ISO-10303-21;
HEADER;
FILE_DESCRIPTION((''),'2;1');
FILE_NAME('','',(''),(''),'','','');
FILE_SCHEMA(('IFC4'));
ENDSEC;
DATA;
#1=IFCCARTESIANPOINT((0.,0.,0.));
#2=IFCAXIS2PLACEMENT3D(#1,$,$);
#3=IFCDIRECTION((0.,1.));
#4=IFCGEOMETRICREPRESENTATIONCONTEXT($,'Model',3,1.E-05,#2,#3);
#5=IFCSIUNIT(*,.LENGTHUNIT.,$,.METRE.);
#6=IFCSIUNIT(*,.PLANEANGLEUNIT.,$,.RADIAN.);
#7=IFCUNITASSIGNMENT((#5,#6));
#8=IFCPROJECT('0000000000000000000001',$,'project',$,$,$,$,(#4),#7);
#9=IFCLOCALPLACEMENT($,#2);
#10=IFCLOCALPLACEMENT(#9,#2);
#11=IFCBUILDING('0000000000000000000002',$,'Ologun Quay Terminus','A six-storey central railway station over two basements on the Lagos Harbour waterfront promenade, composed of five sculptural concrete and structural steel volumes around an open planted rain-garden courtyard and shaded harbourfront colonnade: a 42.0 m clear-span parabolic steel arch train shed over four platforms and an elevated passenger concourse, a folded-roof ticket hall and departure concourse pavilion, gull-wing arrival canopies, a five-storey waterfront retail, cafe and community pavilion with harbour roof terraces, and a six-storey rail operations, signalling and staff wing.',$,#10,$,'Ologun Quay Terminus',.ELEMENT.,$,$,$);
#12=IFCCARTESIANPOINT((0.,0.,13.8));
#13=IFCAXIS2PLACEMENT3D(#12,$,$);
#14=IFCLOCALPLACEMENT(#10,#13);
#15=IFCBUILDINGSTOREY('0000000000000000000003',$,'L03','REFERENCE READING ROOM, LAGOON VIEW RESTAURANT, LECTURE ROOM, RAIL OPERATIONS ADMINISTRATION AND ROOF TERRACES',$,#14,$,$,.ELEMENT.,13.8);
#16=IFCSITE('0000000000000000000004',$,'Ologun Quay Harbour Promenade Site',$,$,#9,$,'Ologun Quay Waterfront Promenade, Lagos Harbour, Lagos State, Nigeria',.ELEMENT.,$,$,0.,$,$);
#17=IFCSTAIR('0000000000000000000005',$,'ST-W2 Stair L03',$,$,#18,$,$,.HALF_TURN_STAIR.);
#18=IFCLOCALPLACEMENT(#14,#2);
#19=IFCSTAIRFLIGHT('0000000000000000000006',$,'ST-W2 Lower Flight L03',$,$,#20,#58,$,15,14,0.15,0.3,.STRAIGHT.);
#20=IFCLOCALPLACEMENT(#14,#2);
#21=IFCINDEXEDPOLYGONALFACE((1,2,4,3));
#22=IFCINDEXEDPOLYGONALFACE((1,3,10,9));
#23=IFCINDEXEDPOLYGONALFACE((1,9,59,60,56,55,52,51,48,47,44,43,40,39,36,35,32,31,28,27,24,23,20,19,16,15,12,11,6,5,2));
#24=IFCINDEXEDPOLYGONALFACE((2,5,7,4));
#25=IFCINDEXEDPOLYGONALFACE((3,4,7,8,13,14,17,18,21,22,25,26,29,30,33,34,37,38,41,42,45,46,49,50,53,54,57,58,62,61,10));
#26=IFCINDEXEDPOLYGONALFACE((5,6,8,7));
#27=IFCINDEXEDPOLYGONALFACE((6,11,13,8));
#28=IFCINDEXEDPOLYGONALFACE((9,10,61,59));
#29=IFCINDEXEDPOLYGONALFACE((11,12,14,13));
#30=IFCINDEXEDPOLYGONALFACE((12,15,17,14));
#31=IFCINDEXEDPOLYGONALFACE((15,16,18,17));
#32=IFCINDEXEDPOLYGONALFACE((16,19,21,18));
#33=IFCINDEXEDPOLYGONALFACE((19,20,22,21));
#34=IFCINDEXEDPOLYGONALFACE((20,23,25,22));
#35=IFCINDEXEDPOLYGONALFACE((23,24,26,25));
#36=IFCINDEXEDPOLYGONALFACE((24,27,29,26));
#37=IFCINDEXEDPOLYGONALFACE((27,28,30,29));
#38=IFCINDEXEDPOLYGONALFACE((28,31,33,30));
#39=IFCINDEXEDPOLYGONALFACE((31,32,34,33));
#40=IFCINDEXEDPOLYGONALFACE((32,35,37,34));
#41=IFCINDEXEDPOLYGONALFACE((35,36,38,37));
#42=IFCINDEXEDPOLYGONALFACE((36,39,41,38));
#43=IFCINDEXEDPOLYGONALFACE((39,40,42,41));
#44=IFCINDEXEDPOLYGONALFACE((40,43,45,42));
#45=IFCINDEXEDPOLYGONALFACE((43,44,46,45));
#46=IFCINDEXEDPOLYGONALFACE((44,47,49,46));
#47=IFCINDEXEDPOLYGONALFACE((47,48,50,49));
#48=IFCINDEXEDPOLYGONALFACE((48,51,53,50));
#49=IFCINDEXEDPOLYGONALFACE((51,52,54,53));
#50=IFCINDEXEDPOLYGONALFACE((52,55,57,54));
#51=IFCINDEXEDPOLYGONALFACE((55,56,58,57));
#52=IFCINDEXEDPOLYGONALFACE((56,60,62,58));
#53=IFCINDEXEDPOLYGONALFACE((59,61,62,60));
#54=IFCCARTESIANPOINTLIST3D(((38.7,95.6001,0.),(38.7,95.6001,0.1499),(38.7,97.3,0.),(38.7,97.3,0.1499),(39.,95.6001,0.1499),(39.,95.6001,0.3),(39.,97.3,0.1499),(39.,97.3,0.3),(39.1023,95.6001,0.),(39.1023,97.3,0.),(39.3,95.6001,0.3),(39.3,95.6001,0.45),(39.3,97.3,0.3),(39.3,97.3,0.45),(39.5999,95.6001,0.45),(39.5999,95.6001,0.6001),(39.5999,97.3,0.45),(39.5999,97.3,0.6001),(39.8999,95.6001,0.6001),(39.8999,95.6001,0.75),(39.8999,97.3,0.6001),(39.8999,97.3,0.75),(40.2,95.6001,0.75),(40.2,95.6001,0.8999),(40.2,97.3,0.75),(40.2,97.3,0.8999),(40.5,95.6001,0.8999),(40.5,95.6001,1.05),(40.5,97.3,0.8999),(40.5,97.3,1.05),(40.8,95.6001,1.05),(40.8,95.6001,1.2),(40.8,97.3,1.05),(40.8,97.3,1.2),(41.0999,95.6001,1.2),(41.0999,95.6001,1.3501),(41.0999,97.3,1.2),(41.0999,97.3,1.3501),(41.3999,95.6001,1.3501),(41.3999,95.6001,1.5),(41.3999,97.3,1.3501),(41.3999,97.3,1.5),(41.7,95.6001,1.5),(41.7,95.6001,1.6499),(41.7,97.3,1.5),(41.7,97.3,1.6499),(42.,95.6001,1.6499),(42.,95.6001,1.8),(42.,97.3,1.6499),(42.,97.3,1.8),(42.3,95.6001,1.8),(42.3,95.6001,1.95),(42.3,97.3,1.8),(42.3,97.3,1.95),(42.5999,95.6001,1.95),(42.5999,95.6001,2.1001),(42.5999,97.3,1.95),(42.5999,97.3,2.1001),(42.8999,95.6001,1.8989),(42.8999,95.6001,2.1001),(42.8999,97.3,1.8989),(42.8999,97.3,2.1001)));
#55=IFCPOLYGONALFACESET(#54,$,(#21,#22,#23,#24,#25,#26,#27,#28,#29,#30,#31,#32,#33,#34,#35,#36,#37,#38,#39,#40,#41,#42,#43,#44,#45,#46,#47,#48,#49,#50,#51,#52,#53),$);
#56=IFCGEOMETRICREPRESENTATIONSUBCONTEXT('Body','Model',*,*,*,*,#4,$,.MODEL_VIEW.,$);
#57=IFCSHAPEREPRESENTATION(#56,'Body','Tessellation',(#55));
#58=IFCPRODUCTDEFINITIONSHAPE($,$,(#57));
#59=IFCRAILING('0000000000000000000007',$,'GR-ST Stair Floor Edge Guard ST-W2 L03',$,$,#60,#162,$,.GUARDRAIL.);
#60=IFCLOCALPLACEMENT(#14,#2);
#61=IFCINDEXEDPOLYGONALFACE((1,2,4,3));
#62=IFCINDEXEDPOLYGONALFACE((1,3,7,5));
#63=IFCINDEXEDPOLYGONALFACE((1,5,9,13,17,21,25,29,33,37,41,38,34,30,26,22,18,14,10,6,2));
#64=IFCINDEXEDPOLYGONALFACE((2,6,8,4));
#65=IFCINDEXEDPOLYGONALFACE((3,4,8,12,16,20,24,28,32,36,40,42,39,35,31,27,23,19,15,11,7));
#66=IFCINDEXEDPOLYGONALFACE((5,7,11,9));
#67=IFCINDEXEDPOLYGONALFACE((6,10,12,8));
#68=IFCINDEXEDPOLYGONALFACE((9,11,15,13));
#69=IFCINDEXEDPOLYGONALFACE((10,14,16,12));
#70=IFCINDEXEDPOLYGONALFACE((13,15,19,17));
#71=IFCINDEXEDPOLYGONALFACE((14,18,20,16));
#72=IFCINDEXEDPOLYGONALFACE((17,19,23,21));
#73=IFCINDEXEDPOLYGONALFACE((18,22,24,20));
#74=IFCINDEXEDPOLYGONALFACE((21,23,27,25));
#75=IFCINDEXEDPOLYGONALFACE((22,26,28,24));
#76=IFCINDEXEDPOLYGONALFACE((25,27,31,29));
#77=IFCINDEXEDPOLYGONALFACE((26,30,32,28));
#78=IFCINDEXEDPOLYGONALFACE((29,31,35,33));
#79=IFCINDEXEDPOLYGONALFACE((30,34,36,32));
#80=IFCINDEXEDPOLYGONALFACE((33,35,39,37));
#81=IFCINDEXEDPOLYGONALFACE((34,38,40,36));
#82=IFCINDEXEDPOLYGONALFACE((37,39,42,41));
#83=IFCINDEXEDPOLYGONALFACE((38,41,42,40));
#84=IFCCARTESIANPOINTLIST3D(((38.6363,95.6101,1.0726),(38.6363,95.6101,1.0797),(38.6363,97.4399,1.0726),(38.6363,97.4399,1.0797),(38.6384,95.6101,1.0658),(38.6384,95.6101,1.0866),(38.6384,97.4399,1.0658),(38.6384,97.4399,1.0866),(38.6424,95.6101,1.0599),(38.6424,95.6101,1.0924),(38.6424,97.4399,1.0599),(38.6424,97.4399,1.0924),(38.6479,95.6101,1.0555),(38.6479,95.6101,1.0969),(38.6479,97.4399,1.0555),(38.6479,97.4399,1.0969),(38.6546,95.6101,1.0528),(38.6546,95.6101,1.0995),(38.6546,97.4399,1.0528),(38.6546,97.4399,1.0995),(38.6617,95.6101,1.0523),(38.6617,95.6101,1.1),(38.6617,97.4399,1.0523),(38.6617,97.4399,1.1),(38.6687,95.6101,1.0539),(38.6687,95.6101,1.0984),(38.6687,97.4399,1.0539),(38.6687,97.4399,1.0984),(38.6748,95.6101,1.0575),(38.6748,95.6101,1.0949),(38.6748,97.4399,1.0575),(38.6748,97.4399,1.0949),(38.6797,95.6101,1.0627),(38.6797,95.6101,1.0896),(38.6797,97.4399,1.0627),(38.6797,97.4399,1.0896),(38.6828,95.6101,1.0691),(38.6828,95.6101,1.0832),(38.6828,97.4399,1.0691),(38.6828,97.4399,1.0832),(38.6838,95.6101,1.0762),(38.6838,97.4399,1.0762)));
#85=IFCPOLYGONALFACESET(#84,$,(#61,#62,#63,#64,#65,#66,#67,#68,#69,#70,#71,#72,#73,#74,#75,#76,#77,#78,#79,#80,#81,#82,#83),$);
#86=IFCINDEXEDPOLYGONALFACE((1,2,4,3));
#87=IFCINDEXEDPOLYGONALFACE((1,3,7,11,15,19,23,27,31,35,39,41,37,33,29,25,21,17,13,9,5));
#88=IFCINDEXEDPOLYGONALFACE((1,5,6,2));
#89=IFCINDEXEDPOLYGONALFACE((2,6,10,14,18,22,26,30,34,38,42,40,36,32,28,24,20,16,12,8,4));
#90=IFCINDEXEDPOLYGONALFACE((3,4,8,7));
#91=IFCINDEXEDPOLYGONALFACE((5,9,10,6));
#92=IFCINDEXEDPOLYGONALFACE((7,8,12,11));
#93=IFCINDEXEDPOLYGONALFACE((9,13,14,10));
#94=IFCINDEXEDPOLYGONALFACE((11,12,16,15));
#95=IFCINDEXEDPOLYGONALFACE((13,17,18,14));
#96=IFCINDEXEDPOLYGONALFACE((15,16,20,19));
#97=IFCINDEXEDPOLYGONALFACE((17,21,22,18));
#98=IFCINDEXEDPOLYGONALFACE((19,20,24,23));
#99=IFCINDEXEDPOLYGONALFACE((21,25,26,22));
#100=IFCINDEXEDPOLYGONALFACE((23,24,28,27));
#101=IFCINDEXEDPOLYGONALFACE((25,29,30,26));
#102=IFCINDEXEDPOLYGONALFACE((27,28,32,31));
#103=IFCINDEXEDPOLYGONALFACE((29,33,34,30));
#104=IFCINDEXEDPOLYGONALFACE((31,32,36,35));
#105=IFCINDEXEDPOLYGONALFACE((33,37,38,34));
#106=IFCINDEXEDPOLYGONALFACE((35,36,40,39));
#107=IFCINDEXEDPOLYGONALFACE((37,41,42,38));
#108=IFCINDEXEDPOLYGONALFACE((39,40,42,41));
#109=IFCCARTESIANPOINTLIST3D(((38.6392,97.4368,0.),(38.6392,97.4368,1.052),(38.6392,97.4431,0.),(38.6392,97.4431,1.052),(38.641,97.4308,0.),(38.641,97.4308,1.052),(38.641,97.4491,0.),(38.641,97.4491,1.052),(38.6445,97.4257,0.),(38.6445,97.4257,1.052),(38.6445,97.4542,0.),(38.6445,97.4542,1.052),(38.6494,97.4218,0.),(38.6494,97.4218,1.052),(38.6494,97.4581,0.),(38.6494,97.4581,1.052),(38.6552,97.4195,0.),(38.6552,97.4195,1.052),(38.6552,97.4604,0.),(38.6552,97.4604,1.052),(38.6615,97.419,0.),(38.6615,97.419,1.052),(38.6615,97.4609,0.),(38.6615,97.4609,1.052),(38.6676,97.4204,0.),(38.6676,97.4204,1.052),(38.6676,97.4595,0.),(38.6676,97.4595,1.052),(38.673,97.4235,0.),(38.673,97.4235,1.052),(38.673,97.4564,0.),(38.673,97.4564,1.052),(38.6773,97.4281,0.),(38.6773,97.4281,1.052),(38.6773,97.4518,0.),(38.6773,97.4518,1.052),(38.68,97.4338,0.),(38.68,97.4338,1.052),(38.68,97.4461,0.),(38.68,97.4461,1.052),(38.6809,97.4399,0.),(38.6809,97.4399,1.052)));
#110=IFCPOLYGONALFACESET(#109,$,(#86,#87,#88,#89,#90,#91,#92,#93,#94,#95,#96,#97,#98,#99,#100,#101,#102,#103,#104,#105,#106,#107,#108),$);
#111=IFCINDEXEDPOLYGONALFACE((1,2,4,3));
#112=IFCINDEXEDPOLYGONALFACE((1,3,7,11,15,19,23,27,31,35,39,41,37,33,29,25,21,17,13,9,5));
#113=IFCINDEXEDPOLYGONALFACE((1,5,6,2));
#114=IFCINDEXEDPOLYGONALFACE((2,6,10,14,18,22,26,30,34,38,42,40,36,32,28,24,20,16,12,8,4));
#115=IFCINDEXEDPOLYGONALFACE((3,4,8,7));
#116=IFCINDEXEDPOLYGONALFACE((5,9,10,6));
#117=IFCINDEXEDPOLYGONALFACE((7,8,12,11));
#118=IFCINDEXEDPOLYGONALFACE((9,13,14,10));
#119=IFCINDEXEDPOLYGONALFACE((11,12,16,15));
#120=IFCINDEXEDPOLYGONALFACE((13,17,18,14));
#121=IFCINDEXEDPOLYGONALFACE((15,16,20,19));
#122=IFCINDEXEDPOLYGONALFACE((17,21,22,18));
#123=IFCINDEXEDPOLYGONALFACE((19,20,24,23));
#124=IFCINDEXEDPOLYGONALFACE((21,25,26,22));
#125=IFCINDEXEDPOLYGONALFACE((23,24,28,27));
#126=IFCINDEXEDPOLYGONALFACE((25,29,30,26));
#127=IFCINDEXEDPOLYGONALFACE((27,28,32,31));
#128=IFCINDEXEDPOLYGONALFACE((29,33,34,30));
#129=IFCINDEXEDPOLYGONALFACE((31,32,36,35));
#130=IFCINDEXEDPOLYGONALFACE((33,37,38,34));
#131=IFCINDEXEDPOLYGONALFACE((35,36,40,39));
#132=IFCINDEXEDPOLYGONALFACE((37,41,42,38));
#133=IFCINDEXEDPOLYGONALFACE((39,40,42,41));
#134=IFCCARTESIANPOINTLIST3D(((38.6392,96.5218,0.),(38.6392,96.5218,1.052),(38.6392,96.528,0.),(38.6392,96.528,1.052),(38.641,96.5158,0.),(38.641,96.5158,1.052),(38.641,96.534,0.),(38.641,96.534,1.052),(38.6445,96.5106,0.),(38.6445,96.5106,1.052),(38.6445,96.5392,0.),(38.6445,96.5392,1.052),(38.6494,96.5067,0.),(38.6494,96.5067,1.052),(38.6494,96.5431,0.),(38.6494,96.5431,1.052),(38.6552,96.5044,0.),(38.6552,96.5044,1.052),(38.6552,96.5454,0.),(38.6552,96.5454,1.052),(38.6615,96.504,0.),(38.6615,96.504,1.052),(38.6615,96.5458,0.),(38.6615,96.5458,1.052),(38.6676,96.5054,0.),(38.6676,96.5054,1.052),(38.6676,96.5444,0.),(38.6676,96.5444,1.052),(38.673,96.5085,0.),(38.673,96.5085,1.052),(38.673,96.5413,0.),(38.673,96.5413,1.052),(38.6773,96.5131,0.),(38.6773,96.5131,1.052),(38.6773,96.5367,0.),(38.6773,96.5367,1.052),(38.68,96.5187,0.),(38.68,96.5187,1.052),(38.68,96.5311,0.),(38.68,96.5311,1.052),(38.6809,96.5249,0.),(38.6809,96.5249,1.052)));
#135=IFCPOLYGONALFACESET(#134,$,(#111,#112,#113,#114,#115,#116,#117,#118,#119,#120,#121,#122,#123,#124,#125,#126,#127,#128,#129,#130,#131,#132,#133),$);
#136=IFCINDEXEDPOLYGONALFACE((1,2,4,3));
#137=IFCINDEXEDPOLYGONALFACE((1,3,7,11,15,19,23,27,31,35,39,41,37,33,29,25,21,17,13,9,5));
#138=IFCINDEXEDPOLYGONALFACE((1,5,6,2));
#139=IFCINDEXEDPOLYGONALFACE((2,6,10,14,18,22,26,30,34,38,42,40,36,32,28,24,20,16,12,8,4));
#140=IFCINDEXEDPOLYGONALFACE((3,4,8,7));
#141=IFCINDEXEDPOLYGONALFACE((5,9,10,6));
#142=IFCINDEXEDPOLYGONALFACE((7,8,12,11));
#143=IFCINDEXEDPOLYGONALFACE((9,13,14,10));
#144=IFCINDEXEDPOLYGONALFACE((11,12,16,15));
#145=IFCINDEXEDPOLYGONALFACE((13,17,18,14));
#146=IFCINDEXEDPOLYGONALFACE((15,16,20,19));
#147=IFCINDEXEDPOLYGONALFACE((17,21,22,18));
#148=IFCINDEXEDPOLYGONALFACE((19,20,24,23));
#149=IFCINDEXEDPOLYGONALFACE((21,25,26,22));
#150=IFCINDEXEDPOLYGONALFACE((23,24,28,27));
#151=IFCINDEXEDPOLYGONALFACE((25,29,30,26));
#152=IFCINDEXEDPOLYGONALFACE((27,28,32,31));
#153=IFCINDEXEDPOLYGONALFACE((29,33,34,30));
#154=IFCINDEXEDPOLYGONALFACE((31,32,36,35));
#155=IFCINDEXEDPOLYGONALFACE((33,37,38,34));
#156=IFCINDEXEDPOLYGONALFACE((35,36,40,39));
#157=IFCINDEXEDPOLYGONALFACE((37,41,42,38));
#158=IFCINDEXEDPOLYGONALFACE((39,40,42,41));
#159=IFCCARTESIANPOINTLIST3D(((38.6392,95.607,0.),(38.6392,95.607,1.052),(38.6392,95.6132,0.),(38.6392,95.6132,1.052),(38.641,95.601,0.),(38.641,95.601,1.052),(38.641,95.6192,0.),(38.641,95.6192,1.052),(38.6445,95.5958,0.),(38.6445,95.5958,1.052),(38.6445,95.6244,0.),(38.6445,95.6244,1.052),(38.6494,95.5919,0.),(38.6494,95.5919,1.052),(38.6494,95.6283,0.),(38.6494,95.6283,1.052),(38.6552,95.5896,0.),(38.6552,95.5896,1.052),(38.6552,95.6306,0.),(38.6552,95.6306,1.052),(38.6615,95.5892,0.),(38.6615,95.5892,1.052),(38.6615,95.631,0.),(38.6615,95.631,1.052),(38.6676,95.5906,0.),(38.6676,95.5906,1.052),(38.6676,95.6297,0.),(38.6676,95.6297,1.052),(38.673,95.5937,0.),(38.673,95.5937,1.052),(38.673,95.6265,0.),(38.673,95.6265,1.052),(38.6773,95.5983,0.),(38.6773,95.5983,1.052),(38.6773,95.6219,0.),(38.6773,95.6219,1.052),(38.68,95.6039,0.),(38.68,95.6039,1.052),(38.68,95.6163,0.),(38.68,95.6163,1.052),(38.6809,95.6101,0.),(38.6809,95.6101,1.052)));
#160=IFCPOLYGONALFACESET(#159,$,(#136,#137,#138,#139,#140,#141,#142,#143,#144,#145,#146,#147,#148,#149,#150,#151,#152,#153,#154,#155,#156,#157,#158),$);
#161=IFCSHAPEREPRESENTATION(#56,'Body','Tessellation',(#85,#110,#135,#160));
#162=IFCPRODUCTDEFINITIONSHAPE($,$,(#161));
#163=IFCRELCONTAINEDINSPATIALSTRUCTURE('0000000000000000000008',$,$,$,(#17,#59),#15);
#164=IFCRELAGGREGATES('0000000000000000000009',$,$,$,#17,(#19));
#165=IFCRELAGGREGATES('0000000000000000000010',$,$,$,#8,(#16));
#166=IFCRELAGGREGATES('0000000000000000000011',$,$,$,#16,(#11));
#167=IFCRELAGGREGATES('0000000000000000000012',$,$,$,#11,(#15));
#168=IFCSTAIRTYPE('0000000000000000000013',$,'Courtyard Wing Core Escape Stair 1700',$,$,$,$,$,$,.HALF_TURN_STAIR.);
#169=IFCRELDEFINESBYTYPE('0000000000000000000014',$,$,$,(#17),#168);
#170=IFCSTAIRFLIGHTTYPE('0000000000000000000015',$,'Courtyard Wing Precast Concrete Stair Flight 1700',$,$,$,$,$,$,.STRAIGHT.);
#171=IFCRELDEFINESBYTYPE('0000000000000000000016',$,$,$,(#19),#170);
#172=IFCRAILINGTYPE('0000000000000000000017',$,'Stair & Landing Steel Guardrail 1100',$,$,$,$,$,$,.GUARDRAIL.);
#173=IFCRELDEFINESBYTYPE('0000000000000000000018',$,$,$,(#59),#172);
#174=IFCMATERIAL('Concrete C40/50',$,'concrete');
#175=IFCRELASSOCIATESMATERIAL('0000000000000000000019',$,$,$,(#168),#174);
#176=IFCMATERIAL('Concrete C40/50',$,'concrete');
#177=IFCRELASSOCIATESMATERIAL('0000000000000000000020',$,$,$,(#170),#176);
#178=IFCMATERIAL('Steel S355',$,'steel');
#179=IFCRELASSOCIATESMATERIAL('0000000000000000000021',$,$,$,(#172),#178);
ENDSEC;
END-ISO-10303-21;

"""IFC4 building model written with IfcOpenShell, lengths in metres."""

from ifc_helpers import new_model, si_unit, direction, frame, origin, origin_2d, place, context, subcontext, project, spatial, polyline, circle, outline, extrude, material, type_object, element, aggregate, save


model = new_model("IFC4")

# Units and contexts
model_context = context("Model", 3, precision=1e-05, world=origin(), true_north=direction((0.0, 1.0)))
body_context = subcontext(model_context, "Body", "Model", "MODEL_VIEW")
ifc_project = project(units=[si_unit("LENGTHUNIT", "METRE"), si_unit("PLANEANGLEUNIT", "RADIAN")], contexts=[model_context])

# Site, building, storey
site_placement = place(None, origin())
site = spatial("IfcSite", under=ifc_project, at=site_placement, Name="Ologun Quay Harbour Promenade Site", LongName="Ologun Quay Waterfront Promenade, Lagos Harbour, Lagos State, Nigeria", CompositionType="ELEMENT", RefElevation=0.0)
building_placement = place(site_placement, origin())
building = spatial("IfcBuilding", under=site, at=building_placement, Name="Ologun Quay Terminus", Description="A six-storey central railway station over two basements on the Lagos Harbour waterfront promenade, composed of five sculptural concrete and structural steel volumes around an open planted rain-garden courtyard and shaded harbourfront colonnade: a 42.0 m clear-span parabolic steel arch train shed over four platforms and an elevated passenger concourse, a folded-roof ticket hall and departure concourse pavilion, gull-wing arrival canopies, a five-storey waterfront retail, cafe and community pavilion with harbour roof terraces, and a six-storey rail operations, signalling and staff wing.", LongName="Ologun Quay Terminus", CompositionType="ELEMENT")
storey_placement = place(building_placement, frame((0.0, 0.0, 13.8)))
storey = spatial("IfcBuildingStorey", under=building, at=storey_placement, Name="L03", Description="REFERENCE READING ROOM, LAGOON VIEW RESTAURANT, LECTURE ROOM, RAIL OPERATIONS ADMINISTRATION AND ROOF TERRACES", CompositionType="ELEMENT", Elevation=13.8)

# Stair, stair flight
ifc_material_1 = material(Name="Concrete C40/50", Category="concrete")
stair_type = type_object("IfcStairType", Name="Courtyard Wing Core Escape Stair 1700", PredefinedType="HALF_TURN_STAIR", material=ifc_material_1)
stair_placement = place(storey_placement, origin())
stair = element("IfcStair", 1, at=stair_placement, inside=storey, type_object=stair_type, Name="ST-W2 Stair L03", PredefinedType="HALF_TURN_STAIR")
ifc_material_2 = material(Name="Concrete C40/50", Category="concrete")
stair_flight_type = type_object("IfcStairFlightType", Name="Courtyard Wing Precast Concrete Stair Flight 1700", PredefinedType="STRAIGHT", material=ifc_material_2)
stair_flight_placement = place(storey_placement, frame((38.7, 96.45, 0.0), z_axis=(0.0, 0.0, 1.0), x_axis=(1.0, 0.0, 0.0)))
stair_flight = element("IfcStairFlight", 2, at=stair_flight_placement, type_object=stair_flight_type, Name="ST-W2 Lower Flight L03", NumberOfRisers=15, NumberOfTreads=14, PredefinedType="STRAIGHT", RiserHeight=0.15, TreadLength=0.3, context=body_context, shape_type="SweptSolid", body=[
    extrude(outline(polyline([(0.0, 0.0), (0.0, 0.1499), (0.3, 0.1499), (0.3, 0.3), (0.6001, 0.3), (0.6001, 0.45), (0.8999, 0.45), (0.8999, 0.6001), (1.2, 0.6001), (1.2, 0.75), (1.5, 0.75), (1.5, 0.8999), (1.8, 0.8999), (1.8, 1.05), (2.1001, 1.05), (2.1001, 1.2), (2.3999, 1.2), (2.3999, 1.3501), (2.7, 1.3501), (2.7, 1.5), (3.0, 1.5), (3.0, 1.6499), (3.3, 1.6499), (3.3, 1.8), (3.6001, 1.8), (3.6001, 1.95), (3.8999, 1.95), (3.8999, 2.1001), (4.2, 2.1001), (4.2, 2.25), (4.2, 1.8989), (0.4023, 0.0), (0.0, 0.0)])), frame((0.0, 0.8501, 0.0), z_axis=(0.0, -1.0, 0.0), x_axis=(1.0, 0.0, 0.0)), (0.0, 0.0, 1.0), 1.7),
])
aggregate(stair, [stair_flight])

# Railing
ifc_material_3 = material(Name="Steel S355", Category="steel")
railing_type_1 = type_object("IfcRailingType", Name="Stair & Landing Steel Guardrail 1100", PredefinedType="GUARDRAIL", material=ifc_material_3)
railing_1_placement = place(storey_placement, frame((38.6599, 97.4399, 0.0)))
element("IfcRailing", 3, at=railing_1_placement, inside=storey, type_object=railing_type_1, Name="GR-ST Stair Floor Edge Guard ST-W2 L03", PredefinedType="GUARDRAIL", context=body_context, shape_type="SweptSolid", body=[
    extrude(circle(Radius=0.0239, at=origin_2d()), frame((0.0, 0.0, 1.0762), z_axis=(0.0, -1.0, 0.0), x_axis=(1.0, 0.0, 0.0)), (0.0, 0.0, 1.0), 1.8298),
    extrude(circle(Radius=0.021, at=origin_2d()), origin(), (0.0, 0.0, 1.0), 1.052),
    extrude(circle(Radius=0.021, at=origin_2d()), frame((0.0, -0.915, 0.0)), (0.0, 0.0, 1.0), 1.052),
    extrude(circle(Radius=0.021, at=origin_2d()), frame((0.0, -1.8298, 0.0)), (0.0, 0.0, 1.0), 1.052),
])

save(model, "model.ifc")
